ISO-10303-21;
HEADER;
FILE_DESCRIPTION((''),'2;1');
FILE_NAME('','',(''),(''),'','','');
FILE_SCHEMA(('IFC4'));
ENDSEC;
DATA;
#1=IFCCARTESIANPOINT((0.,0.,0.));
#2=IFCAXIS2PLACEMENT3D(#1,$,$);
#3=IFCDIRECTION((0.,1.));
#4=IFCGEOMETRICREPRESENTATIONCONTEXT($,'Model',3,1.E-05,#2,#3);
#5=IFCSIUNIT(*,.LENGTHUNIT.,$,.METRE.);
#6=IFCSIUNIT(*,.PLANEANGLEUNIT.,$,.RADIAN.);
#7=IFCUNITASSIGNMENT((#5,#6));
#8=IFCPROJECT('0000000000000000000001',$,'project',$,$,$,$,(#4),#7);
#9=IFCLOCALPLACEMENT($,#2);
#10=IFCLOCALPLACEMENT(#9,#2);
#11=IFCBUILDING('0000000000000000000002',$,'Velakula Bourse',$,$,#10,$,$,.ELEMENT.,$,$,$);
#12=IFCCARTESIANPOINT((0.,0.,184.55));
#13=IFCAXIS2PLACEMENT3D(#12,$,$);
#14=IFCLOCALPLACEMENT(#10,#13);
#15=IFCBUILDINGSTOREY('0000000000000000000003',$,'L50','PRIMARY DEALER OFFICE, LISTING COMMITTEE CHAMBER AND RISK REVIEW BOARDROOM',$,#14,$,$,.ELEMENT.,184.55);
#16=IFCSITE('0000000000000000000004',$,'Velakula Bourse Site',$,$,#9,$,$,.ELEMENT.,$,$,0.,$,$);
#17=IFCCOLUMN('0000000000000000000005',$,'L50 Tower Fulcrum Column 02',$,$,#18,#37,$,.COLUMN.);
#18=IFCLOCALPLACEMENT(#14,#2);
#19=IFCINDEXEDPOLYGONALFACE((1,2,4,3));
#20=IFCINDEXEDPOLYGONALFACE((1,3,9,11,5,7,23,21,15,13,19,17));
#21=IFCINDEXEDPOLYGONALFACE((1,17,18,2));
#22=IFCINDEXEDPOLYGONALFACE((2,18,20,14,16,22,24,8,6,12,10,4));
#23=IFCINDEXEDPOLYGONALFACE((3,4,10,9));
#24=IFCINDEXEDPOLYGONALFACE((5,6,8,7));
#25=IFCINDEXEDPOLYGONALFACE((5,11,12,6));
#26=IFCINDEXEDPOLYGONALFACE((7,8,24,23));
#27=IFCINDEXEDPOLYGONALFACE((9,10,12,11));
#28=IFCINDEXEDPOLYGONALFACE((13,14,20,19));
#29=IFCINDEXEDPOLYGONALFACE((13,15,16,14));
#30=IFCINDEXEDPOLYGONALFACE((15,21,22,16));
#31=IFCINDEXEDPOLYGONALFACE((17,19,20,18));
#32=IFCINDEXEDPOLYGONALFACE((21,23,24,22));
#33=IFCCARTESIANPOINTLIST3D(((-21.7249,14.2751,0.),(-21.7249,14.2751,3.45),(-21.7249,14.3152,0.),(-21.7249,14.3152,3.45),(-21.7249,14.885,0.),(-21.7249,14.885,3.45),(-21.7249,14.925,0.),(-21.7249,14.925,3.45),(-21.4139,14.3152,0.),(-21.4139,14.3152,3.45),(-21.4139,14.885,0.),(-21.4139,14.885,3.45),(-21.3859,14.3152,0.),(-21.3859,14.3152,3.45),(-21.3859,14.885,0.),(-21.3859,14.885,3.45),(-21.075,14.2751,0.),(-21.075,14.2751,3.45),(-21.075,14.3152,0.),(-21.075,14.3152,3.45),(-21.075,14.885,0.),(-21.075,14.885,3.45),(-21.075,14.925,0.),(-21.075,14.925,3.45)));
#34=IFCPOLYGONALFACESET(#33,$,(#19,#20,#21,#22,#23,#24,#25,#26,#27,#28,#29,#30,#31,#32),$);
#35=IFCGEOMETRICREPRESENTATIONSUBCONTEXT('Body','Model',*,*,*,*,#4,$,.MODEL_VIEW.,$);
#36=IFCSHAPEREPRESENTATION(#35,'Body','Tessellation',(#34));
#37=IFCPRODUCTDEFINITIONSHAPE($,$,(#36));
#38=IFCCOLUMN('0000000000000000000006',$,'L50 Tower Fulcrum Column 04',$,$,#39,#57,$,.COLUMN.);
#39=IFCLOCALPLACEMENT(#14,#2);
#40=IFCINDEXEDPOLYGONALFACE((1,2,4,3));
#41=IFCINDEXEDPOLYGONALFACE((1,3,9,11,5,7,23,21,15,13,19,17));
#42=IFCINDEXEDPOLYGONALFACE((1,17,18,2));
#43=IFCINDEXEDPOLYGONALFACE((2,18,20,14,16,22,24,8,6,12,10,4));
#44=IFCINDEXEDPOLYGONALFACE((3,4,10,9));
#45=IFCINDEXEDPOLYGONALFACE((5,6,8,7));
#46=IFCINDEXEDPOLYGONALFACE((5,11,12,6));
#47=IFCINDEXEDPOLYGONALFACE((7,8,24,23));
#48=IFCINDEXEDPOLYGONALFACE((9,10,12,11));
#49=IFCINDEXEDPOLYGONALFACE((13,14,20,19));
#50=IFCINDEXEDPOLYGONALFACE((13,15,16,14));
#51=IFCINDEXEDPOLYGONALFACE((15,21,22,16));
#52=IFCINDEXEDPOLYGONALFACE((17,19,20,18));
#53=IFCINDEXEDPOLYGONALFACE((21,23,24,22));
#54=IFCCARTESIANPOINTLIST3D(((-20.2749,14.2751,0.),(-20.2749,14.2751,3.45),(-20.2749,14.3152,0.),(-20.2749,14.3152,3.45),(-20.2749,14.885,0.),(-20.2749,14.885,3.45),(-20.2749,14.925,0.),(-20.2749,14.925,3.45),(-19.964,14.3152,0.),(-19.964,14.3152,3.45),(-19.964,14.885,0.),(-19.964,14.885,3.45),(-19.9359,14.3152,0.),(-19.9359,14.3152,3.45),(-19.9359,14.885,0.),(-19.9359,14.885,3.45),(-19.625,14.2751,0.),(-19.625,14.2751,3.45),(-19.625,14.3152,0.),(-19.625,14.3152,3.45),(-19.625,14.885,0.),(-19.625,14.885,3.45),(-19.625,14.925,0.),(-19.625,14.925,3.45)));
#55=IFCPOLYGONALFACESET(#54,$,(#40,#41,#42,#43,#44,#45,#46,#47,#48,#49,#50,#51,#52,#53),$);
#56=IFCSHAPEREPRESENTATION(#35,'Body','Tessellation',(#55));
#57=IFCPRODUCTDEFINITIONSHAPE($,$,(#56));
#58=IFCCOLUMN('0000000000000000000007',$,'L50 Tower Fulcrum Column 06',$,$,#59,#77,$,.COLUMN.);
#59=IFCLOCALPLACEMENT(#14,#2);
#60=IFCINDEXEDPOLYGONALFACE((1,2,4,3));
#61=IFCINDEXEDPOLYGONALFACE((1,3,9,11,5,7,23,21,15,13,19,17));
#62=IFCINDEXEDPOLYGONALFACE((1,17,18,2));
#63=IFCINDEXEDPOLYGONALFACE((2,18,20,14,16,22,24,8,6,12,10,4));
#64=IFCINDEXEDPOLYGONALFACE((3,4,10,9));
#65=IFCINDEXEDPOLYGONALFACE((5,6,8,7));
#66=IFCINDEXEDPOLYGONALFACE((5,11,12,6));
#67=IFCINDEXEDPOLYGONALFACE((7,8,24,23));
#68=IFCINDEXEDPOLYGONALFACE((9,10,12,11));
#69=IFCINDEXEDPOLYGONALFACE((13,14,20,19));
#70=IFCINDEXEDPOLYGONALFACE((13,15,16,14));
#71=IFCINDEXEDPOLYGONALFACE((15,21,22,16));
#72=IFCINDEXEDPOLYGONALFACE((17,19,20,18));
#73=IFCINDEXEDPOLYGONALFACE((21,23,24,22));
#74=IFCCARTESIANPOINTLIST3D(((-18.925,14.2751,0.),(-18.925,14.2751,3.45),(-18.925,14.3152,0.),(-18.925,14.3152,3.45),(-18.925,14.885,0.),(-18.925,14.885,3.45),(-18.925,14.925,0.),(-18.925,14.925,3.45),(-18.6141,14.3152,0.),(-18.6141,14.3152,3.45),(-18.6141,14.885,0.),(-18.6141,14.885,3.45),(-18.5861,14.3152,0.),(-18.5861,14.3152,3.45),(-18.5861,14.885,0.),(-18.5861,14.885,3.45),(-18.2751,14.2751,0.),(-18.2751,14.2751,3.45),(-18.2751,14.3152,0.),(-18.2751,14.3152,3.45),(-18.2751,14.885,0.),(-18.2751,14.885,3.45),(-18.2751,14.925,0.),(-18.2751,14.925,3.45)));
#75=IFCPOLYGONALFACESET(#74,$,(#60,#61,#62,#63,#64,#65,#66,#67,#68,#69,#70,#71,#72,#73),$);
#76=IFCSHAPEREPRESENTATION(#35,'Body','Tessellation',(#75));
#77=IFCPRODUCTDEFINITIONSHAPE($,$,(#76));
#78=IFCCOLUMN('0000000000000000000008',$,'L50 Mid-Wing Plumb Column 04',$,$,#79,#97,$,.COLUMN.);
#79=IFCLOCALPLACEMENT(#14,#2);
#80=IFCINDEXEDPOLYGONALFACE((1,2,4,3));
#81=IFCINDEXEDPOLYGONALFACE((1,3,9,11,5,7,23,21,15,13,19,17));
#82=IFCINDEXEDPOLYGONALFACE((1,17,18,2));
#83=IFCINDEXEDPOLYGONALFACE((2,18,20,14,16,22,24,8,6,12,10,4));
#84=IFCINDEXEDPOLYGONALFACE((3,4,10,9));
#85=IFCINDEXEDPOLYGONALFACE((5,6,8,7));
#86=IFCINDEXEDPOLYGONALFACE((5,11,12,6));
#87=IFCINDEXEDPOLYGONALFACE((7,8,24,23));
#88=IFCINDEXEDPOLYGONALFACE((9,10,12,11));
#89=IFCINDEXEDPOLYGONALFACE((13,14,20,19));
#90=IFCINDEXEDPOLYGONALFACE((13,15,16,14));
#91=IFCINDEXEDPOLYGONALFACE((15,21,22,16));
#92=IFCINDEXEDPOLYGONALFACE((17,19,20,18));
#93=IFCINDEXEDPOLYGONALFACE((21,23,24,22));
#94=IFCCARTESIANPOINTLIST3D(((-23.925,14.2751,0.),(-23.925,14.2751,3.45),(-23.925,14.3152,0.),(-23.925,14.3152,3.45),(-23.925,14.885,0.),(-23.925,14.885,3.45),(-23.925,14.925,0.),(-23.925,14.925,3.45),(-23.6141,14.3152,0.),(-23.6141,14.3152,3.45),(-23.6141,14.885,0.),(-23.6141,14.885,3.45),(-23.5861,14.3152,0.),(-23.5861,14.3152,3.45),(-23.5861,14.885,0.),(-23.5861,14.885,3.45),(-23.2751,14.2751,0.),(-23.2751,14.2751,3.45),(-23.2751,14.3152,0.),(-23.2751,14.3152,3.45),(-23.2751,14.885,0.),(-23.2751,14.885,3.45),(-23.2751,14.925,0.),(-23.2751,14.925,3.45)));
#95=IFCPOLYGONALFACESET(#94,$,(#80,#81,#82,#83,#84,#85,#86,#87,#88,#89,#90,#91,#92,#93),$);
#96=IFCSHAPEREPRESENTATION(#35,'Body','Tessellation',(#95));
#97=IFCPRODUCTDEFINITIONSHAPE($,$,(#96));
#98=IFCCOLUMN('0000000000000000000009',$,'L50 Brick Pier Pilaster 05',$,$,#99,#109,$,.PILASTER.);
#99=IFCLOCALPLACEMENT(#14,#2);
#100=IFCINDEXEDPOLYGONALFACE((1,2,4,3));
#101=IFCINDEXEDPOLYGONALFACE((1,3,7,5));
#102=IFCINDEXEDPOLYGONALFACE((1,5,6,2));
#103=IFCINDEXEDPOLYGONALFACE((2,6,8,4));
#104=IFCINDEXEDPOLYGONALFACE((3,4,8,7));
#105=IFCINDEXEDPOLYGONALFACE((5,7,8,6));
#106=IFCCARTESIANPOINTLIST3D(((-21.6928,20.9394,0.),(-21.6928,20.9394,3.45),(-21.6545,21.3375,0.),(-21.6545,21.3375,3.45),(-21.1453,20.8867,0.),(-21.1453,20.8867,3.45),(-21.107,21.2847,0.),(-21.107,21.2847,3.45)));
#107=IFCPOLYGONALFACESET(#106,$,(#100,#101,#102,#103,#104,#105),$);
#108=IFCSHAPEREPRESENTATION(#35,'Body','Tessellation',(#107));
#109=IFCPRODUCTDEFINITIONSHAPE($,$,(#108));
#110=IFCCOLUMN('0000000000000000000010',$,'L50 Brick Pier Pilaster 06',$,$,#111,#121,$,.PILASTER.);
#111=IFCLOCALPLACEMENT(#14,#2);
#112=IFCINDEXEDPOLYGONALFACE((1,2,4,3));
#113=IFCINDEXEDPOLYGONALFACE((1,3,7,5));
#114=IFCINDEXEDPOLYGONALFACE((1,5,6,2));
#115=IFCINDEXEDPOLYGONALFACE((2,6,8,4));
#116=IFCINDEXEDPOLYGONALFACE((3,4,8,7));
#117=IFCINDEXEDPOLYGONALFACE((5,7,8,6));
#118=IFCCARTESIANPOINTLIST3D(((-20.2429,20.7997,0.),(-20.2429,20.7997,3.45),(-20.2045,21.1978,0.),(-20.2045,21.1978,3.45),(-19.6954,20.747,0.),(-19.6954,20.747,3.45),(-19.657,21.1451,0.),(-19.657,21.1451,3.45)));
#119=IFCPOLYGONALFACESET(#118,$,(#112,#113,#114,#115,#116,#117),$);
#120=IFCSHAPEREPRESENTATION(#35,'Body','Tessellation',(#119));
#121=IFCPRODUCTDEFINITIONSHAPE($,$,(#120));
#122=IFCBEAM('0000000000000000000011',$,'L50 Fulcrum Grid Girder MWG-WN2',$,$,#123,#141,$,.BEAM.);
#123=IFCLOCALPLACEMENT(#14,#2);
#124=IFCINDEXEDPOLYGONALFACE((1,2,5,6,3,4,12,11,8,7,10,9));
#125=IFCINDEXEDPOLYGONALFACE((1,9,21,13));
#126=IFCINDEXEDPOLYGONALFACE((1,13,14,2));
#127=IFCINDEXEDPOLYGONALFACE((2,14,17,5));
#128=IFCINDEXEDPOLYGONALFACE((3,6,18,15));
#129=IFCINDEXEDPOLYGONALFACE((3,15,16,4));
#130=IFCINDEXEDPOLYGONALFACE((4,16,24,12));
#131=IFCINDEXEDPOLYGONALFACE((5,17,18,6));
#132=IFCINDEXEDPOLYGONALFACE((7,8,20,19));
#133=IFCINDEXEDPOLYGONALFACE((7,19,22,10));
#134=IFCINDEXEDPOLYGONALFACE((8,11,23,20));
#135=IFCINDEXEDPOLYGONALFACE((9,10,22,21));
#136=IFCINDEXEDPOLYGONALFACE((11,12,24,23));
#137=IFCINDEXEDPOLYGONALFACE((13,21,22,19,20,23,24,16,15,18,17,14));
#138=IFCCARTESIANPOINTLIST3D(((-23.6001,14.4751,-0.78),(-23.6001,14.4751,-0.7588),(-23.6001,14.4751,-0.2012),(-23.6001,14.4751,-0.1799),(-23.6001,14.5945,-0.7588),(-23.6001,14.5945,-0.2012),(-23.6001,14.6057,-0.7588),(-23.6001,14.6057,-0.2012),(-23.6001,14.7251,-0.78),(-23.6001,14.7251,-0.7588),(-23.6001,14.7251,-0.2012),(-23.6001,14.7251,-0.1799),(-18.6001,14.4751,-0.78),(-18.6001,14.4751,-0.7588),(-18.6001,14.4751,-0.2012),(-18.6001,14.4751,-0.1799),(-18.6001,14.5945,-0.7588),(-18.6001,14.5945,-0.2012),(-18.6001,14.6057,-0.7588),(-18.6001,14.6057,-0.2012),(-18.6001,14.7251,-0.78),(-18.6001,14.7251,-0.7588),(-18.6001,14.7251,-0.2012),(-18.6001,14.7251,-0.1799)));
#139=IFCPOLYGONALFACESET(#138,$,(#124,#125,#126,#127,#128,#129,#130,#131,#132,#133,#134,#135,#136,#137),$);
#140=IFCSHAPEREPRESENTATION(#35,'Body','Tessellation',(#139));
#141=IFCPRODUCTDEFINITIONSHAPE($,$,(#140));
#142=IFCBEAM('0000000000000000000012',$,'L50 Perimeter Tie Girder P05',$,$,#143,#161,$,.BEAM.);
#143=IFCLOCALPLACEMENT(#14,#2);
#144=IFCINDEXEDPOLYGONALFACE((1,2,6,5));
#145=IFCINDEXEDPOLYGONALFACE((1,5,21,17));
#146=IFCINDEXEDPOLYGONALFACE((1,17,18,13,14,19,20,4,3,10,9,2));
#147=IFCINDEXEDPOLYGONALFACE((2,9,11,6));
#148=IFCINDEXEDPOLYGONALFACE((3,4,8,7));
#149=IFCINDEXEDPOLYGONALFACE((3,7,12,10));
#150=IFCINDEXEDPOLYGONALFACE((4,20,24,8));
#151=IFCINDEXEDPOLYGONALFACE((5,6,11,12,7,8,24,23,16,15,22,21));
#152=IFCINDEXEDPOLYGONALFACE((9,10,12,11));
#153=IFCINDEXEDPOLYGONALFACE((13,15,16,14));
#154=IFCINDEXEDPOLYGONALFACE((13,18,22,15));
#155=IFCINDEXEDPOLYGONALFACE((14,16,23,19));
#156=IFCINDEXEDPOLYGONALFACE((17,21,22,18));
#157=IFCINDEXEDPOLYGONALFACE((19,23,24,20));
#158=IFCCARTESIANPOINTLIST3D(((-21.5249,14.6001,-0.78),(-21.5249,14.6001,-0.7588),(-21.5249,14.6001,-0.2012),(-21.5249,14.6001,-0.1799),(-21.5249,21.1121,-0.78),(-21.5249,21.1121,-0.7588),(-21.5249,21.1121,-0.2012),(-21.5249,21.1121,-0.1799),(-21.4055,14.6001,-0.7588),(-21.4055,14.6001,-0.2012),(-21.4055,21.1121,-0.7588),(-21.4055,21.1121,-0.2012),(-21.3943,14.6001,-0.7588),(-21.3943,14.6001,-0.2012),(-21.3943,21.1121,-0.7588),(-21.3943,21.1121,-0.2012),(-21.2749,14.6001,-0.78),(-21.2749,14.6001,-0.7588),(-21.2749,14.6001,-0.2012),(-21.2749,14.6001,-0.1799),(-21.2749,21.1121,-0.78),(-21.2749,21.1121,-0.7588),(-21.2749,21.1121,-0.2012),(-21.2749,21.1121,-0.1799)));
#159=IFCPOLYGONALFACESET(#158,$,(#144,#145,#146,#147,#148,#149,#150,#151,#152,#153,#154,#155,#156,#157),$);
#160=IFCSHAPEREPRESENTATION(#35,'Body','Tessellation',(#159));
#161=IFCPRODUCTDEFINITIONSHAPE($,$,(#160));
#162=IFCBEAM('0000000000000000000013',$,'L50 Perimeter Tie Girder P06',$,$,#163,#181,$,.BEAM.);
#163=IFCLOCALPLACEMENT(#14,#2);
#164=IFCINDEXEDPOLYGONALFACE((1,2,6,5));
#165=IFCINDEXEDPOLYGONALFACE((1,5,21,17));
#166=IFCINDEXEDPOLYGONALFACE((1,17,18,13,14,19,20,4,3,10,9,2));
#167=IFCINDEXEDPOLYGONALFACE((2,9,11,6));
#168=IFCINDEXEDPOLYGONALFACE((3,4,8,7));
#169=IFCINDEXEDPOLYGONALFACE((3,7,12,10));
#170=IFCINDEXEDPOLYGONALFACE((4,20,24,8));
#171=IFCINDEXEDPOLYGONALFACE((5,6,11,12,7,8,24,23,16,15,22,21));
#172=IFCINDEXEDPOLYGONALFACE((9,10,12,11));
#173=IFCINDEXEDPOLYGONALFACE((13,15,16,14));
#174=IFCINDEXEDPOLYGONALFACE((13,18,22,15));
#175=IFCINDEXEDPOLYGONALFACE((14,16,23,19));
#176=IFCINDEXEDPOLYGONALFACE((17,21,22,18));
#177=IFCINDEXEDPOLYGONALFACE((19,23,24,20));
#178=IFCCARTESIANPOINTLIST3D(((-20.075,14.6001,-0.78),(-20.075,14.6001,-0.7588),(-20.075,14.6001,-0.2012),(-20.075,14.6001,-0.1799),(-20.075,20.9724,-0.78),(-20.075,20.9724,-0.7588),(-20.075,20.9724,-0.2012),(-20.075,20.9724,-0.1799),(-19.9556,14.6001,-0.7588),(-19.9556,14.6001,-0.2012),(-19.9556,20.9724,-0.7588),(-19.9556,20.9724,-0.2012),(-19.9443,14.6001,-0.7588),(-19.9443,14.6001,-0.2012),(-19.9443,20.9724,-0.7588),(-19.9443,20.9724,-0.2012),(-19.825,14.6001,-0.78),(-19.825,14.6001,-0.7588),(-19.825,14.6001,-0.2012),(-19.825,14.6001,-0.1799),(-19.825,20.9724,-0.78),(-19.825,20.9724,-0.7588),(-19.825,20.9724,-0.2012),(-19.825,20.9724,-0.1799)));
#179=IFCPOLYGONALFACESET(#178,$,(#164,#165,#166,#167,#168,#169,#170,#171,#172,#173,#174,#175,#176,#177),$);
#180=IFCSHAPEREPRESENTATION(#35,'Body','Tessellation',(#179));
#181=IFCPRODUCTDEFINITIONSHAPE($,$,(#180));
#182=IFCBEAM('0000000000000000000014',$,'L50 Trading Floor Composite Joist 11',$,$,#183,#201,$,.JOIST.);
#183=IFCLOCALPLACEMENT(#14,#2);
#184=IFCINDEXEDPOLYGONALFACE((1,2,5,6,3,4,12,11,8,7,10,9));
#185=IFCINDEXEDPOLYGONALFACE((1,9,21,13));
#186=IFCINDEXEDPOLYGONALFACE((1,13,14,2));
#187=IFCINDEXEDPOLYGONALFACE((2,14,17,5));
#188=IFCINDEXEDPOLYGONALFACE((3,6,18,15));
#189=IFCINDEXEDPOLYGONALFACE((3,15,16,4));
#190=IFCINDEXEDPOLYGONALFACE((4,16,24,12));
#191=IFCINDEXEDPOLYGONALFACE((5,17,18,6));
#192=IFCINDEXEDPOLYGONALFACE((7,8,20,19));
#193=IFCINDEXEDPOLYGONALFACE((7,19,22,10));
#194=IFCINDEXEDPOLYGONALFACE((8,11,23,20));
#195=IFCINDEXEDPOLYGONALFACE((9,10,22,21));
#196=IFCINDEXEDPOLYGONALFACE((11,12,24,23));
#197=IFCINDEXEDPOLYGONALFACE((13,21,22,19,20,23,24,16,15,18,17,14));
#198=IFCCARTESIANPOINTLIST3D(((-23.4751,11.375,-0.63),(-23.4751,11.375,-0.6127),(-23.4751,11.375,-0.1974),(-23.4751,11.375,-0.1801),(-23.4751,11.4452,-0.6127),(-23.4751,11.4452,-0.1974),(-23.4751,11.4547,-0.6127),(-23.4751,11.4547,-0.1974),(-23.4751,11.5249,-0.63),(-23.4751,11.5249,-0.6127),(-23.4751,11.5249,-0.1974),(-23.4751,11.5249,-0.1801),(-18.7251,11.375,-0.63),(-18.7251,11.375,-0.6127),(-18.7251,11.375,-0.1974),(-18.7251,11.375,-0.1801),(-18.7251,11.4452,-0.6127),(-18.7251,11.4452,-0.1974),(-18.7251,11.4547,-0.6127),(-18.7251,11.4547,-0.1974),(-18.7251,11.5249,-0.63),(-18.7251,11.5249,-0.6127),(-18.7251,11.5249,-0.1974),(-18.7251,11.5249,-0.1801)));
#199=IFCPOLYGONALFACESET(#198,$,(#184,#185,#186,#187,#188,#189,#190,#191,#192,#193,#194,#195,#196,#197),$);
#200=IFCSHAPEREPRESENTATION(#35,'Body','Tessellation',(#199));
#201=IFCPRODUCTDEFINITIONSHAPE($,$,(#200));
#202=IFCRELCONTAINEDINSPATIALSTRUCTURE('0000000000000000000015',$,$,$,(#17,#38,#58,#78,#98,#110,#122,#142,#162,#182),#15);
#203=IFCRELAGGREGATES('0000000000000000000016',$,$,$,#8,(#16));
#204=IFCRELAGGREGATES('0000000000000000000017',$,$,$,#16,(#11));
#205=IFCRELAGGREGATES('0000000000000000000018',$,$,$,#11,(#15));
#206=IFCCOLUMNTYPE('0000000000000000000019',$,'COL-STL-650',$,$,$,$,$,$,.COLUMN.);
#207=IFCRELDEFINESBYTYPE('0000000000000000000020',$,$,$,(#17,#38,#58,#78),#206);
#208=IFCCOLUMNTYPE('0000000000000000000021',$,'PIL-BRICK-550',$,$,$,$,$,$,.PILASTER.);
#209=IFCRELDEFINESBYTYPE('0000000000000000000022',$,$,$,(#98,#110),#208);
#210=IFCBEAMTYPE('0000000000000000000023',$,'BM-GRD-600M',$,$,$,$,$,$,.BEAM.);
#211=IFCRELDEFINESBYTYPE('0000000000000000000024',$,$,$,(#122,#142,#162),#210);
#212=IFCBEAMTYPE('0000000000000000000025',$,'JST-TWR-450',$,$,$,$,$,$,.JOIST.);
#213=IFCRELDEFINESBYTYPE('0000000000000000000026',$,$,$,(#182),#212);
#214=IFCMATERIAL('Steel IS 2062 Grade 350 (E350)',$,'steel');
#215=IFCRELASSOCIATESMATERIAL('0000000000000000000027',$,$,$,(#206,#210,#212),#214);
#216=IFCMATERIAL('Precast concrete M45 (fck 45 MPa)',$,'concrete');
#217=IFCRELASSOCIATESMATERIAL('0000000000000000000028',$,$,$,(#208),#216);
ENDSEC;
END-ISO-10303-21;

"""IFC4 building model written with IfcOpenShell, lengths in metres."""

from ifc_helpers import new_model, si_unit, direction, frame, origin, origin_2d, place, context, subcontext, project, spatial, rectangle, i_section, extrude, material, material_profile, profile_set, type_object, element, save


model = new_model("IFC4")

# Units and contexts
model_context = context("Model", 3, precision=1e-05, world=origin(), true_north=direction((0.0, 1.0)))
body_context = subcontext(model_context, "Body", "Model", "MODEL_VIEW")
ifc_project = project(units=[si_unit("LENGTHUNIT", "METRE"), si_unit("PLANEANGLEUNIT", "RADIAN")], contexts=[model_context])

# Site, building, storey
site_placement = place(None, origin())
site = spatial("IfcSite", under=ifc_project, at=site_placement, Name="Velakula Bourse Site", CompositionType="ELEMENT", RefElevation=0.0)
building_placement = place(site_placement, origin())
building = spatial("IfcBuilding", under=site, at=building_placement, Name="Velakula Bourse", CompositionType="ELEMENT")
storey_placement = place(building_placement, frame((0.0, 0.0, 184.55)))
storey = spatial("IfcBuildingStorey", under=building, at=storey_placement, Name="L50", Description="PRIMARY DEALER OFFICE, LISTING COMMITTEE CHAMBER AND RISK REVIEW BOARDROOM", CompositionType="ELEMENT", Elevation=184.55)

# Columns
ifc_material_1 = material(Name="Steel IS 2062 Grade 350 (E350)", Category="steel")
ifc_material_profile_1 = material_profile(ifc_material_1, i_section(OverallWidth=0.6499, OverallDepth=0.6499, WebThickness=0.0281, FlangeThickness=0.04, at=origin_2d()), Name="Steel IS 2062 Grade 350 (E350)")
ifc_profile_set_1 = profile_set([ifc_material_profile_1], Name="Steel IS 2062 Grade 350 (E350)")
column_type_1 = type_object("IfcColumnType", Name="COL-STL-650", PredefinedType="COLUMN", material=ifc_profile_set_1)
for number, where, z_axis, x_axis, name in (
    (1, (-21.3999, 14.6001, 0.0), (0.0, 0.0, 1.0), (1.0, 0.0, 0.0), "L50 Tower Fulcrum Column 02"),
    (2, (-19.95, 14.6001, 0.0), (0.0, 0.0, 1.0), (1.0, 0.0, 0.0), "L50 Tower Fulcrum Column 04"),
    (3, (-18.6001, 14.6001, 0.0), (0.0, 0.0, 1.0), (1.0, 0.0, 0.0), "L50 Tower Fulcrum Column 06"),
    (4, (-23.6001, 14.6001, 0.0), (0.0, 0.0, 1.0), (1.0, 0.0, 0.0), "L50 Mid-Wing Plumb Column 04"),
):
    element("IfcColumn", number, at=place(storey_placement, frame(where, z_axis=z_axis, x_axis=x_axis)), inside=storey, type_object=column_type_1, Name=name, PredefinedType="COLUMN", context=body_context, shape_type="SweptSolid", body=[
        extrude(i_section(OverallWidth=0.6499, OverallDepth=0.6499, WebThickness=0.0281, FlangeThickness=0.04, at=origin_2d()), origin(), (0.0, 0.0, 1.0), 3.45),
    ])
ifc_material_2 = material(Name="Precast concrete M45 (fck 45 MPa)", Category="concrete")
ifc_material_profile_2 = material_profile(ifc_material_2, rectangle(XDim=0.55, YDim=0.3999, at=origin_2d()), Name="Precast concrete M45 (fck 45 MPa)")
ifc_profile_set_2 = profile_set([ifc_material_profile_2], Name="Precast concrete M45 (fck 45 MPa)")
column_type_2 = type_object("IfcColumnType", Name="PIL-BRICK-550", PredefinedType="PILASTER", material=ifc_profile_set_2)
for number, where, z_axis, x_axis, name in (
    (5, (-21.3999, 21.1121, 0.0), (0.0, 0.0, 1.0), (0.995396, -0.095846, 0.0), "L50 Brick Pier Pilaster 05"),
    (6, (-19.95, 20.9724, 0.0), (0.0, 0.0, 1.0), (0.995396, -0.095846, 0.0), "L50 Brick Pier Pilaster 06"),
):
    element("IfcColumn", number, at=place(storey_placement, frame(where, z_axis=z_axis, x_axis=x_axis)), inside=storey, type_object=column_type_2, Name=name, PredefinedType="PILASTER", context=body_context, shape_type="SweptSolid", body=[
        extrude(rectangle(XDim=0.55, YDim=0.3999, at=origin_2d()), origin(), (0.0, 0.0, 1.0), 3.45),
    ])

# Beams
ifc_material_profile_3 = material_profile(ifc_material_1, i_section(OverallWidth=0.25, OverallDepth=0.6001, WebThickness=0.0112, FlangeThickness=0.0212, at=origin_2d()), Name="Steel IS 2062 Grade 350 (E350)")
ifc_profile_set_3 = profile_set([ifc_material_profile_3], Name="Steel IS 2062 Grade 350 (E350)")
beam_type_1 = type_object("IfcBeamType", Name="BM-GRD-600M", PredefinedType="BEAM", material=ifc_profile_set_3)
beam_1_placement = place(storey_placement, frame((-23.6001, 14.6001, -0.48), z_axis=(1.0, 0.0, 0.0), x_axis=(0.0, 1.0, 0.0)))
element("IfcBeam", 7, at=beam_1_placement, inside=storey, type_object=beam_type_1, Name="L50 Fulcrum Grid Girder MWG-WN2", PredefinedType="BEAM", context=body_context, shape_type="SweptSolid", body=[
    extrude(i_section(OverallWidth=0.25, OverallDepth=0.6001, WebThickness=0.0112, FlangeThickness=0.0212, at=origin_2d()), origin(), (0.0, 0.0, 1.0), 5.0),
])
beam_2_placement = place(storey_placement, frame((-21.3999, 14.6001, -0.48), z_axis=(0.0, 1.0, 0.0), x_axis=(-1.0, 0.0, 0.0)))
element("IfcBeam", 8, at=beam_2_placement, inside=storey, type_object=beam_type_1, Name="L50 Perimeter Tie Girder P05", PredefinedType="BEAM", context=body_context, shape_type="SweptSolid", body=[
    extrude(i_section(OverallWidth=0.25, OverallDepth=0.6001, WebThickness=0.0112, FlangeThickness=0.0212, at=origin_2d()), origin(), (0.0, 0.0, 1.0), 6.512),
])
beam_3_placement = place(storey_placement, frame((-19.95, 14.6001, -0.48), z_axis=(0.0, 1.0, 0.0), x_axis=(-1.0, 0.0, 0.0)))
element("IfcBeam", 9, at=beam_3_placement, inside=storey, type_object=beam_type_1, Name="L50 Perimeter Tie Girder P06", PredefinedType="BEAM", context=body_context, shape_type="SweptSolid", body=[
    extrude(i_section(OverallWidth=0.25, OverallDepth=0.6001, WebThickness=0.0112, FlangeThickness=0.0212, at=origin_2d()), origin(), (0.0, 0.0, 1.0), 6.3723),
])
ifc_material_profile_4 = material_profile(ifc_material_1, i_section(OverallWidth=0.1499, OverallDepth=0.45, WebThickness=0.0095, FlangeThickness=0.0173, at=origin_2d()), Name="Steel IS 2062 Grade 350 (E350)")
ifc_profile_set_4 = profile_set([ifc_material_profile_4], Name="Steel IS 2062 Grade 350 (E350)")
beam_type_2 = type_object("IfcBeamType", Name="JST-TWR-450", PredefinedType="JOIST", material=ifc_profile_set_4)
beam_4_placement = place(storey_placement, frame((-23.4751, 11.45, -0.405), z_axis=(1.0, 0.0, 0.0), x_axis=(0.0, 1.0, 0.0)))
element("IfcBeam", 10, at=beam_4_placement, inside=storey, type_object=beam_type_2, Name="L50 Trading Floor Composite Joist 11", PredefinedType="JOIST", context=body_context, shape_type="SweptSolid", body=[
    extrude(i_section(OverallWidth=0.1499, OverallDepth=0.45, WebThickness=0.0095, FlangeThickness=0.0173, at=origin_2d()), origin(), (0.0, 0.0, 1.0), 4.75),
])

save(model, "model.ifc")
